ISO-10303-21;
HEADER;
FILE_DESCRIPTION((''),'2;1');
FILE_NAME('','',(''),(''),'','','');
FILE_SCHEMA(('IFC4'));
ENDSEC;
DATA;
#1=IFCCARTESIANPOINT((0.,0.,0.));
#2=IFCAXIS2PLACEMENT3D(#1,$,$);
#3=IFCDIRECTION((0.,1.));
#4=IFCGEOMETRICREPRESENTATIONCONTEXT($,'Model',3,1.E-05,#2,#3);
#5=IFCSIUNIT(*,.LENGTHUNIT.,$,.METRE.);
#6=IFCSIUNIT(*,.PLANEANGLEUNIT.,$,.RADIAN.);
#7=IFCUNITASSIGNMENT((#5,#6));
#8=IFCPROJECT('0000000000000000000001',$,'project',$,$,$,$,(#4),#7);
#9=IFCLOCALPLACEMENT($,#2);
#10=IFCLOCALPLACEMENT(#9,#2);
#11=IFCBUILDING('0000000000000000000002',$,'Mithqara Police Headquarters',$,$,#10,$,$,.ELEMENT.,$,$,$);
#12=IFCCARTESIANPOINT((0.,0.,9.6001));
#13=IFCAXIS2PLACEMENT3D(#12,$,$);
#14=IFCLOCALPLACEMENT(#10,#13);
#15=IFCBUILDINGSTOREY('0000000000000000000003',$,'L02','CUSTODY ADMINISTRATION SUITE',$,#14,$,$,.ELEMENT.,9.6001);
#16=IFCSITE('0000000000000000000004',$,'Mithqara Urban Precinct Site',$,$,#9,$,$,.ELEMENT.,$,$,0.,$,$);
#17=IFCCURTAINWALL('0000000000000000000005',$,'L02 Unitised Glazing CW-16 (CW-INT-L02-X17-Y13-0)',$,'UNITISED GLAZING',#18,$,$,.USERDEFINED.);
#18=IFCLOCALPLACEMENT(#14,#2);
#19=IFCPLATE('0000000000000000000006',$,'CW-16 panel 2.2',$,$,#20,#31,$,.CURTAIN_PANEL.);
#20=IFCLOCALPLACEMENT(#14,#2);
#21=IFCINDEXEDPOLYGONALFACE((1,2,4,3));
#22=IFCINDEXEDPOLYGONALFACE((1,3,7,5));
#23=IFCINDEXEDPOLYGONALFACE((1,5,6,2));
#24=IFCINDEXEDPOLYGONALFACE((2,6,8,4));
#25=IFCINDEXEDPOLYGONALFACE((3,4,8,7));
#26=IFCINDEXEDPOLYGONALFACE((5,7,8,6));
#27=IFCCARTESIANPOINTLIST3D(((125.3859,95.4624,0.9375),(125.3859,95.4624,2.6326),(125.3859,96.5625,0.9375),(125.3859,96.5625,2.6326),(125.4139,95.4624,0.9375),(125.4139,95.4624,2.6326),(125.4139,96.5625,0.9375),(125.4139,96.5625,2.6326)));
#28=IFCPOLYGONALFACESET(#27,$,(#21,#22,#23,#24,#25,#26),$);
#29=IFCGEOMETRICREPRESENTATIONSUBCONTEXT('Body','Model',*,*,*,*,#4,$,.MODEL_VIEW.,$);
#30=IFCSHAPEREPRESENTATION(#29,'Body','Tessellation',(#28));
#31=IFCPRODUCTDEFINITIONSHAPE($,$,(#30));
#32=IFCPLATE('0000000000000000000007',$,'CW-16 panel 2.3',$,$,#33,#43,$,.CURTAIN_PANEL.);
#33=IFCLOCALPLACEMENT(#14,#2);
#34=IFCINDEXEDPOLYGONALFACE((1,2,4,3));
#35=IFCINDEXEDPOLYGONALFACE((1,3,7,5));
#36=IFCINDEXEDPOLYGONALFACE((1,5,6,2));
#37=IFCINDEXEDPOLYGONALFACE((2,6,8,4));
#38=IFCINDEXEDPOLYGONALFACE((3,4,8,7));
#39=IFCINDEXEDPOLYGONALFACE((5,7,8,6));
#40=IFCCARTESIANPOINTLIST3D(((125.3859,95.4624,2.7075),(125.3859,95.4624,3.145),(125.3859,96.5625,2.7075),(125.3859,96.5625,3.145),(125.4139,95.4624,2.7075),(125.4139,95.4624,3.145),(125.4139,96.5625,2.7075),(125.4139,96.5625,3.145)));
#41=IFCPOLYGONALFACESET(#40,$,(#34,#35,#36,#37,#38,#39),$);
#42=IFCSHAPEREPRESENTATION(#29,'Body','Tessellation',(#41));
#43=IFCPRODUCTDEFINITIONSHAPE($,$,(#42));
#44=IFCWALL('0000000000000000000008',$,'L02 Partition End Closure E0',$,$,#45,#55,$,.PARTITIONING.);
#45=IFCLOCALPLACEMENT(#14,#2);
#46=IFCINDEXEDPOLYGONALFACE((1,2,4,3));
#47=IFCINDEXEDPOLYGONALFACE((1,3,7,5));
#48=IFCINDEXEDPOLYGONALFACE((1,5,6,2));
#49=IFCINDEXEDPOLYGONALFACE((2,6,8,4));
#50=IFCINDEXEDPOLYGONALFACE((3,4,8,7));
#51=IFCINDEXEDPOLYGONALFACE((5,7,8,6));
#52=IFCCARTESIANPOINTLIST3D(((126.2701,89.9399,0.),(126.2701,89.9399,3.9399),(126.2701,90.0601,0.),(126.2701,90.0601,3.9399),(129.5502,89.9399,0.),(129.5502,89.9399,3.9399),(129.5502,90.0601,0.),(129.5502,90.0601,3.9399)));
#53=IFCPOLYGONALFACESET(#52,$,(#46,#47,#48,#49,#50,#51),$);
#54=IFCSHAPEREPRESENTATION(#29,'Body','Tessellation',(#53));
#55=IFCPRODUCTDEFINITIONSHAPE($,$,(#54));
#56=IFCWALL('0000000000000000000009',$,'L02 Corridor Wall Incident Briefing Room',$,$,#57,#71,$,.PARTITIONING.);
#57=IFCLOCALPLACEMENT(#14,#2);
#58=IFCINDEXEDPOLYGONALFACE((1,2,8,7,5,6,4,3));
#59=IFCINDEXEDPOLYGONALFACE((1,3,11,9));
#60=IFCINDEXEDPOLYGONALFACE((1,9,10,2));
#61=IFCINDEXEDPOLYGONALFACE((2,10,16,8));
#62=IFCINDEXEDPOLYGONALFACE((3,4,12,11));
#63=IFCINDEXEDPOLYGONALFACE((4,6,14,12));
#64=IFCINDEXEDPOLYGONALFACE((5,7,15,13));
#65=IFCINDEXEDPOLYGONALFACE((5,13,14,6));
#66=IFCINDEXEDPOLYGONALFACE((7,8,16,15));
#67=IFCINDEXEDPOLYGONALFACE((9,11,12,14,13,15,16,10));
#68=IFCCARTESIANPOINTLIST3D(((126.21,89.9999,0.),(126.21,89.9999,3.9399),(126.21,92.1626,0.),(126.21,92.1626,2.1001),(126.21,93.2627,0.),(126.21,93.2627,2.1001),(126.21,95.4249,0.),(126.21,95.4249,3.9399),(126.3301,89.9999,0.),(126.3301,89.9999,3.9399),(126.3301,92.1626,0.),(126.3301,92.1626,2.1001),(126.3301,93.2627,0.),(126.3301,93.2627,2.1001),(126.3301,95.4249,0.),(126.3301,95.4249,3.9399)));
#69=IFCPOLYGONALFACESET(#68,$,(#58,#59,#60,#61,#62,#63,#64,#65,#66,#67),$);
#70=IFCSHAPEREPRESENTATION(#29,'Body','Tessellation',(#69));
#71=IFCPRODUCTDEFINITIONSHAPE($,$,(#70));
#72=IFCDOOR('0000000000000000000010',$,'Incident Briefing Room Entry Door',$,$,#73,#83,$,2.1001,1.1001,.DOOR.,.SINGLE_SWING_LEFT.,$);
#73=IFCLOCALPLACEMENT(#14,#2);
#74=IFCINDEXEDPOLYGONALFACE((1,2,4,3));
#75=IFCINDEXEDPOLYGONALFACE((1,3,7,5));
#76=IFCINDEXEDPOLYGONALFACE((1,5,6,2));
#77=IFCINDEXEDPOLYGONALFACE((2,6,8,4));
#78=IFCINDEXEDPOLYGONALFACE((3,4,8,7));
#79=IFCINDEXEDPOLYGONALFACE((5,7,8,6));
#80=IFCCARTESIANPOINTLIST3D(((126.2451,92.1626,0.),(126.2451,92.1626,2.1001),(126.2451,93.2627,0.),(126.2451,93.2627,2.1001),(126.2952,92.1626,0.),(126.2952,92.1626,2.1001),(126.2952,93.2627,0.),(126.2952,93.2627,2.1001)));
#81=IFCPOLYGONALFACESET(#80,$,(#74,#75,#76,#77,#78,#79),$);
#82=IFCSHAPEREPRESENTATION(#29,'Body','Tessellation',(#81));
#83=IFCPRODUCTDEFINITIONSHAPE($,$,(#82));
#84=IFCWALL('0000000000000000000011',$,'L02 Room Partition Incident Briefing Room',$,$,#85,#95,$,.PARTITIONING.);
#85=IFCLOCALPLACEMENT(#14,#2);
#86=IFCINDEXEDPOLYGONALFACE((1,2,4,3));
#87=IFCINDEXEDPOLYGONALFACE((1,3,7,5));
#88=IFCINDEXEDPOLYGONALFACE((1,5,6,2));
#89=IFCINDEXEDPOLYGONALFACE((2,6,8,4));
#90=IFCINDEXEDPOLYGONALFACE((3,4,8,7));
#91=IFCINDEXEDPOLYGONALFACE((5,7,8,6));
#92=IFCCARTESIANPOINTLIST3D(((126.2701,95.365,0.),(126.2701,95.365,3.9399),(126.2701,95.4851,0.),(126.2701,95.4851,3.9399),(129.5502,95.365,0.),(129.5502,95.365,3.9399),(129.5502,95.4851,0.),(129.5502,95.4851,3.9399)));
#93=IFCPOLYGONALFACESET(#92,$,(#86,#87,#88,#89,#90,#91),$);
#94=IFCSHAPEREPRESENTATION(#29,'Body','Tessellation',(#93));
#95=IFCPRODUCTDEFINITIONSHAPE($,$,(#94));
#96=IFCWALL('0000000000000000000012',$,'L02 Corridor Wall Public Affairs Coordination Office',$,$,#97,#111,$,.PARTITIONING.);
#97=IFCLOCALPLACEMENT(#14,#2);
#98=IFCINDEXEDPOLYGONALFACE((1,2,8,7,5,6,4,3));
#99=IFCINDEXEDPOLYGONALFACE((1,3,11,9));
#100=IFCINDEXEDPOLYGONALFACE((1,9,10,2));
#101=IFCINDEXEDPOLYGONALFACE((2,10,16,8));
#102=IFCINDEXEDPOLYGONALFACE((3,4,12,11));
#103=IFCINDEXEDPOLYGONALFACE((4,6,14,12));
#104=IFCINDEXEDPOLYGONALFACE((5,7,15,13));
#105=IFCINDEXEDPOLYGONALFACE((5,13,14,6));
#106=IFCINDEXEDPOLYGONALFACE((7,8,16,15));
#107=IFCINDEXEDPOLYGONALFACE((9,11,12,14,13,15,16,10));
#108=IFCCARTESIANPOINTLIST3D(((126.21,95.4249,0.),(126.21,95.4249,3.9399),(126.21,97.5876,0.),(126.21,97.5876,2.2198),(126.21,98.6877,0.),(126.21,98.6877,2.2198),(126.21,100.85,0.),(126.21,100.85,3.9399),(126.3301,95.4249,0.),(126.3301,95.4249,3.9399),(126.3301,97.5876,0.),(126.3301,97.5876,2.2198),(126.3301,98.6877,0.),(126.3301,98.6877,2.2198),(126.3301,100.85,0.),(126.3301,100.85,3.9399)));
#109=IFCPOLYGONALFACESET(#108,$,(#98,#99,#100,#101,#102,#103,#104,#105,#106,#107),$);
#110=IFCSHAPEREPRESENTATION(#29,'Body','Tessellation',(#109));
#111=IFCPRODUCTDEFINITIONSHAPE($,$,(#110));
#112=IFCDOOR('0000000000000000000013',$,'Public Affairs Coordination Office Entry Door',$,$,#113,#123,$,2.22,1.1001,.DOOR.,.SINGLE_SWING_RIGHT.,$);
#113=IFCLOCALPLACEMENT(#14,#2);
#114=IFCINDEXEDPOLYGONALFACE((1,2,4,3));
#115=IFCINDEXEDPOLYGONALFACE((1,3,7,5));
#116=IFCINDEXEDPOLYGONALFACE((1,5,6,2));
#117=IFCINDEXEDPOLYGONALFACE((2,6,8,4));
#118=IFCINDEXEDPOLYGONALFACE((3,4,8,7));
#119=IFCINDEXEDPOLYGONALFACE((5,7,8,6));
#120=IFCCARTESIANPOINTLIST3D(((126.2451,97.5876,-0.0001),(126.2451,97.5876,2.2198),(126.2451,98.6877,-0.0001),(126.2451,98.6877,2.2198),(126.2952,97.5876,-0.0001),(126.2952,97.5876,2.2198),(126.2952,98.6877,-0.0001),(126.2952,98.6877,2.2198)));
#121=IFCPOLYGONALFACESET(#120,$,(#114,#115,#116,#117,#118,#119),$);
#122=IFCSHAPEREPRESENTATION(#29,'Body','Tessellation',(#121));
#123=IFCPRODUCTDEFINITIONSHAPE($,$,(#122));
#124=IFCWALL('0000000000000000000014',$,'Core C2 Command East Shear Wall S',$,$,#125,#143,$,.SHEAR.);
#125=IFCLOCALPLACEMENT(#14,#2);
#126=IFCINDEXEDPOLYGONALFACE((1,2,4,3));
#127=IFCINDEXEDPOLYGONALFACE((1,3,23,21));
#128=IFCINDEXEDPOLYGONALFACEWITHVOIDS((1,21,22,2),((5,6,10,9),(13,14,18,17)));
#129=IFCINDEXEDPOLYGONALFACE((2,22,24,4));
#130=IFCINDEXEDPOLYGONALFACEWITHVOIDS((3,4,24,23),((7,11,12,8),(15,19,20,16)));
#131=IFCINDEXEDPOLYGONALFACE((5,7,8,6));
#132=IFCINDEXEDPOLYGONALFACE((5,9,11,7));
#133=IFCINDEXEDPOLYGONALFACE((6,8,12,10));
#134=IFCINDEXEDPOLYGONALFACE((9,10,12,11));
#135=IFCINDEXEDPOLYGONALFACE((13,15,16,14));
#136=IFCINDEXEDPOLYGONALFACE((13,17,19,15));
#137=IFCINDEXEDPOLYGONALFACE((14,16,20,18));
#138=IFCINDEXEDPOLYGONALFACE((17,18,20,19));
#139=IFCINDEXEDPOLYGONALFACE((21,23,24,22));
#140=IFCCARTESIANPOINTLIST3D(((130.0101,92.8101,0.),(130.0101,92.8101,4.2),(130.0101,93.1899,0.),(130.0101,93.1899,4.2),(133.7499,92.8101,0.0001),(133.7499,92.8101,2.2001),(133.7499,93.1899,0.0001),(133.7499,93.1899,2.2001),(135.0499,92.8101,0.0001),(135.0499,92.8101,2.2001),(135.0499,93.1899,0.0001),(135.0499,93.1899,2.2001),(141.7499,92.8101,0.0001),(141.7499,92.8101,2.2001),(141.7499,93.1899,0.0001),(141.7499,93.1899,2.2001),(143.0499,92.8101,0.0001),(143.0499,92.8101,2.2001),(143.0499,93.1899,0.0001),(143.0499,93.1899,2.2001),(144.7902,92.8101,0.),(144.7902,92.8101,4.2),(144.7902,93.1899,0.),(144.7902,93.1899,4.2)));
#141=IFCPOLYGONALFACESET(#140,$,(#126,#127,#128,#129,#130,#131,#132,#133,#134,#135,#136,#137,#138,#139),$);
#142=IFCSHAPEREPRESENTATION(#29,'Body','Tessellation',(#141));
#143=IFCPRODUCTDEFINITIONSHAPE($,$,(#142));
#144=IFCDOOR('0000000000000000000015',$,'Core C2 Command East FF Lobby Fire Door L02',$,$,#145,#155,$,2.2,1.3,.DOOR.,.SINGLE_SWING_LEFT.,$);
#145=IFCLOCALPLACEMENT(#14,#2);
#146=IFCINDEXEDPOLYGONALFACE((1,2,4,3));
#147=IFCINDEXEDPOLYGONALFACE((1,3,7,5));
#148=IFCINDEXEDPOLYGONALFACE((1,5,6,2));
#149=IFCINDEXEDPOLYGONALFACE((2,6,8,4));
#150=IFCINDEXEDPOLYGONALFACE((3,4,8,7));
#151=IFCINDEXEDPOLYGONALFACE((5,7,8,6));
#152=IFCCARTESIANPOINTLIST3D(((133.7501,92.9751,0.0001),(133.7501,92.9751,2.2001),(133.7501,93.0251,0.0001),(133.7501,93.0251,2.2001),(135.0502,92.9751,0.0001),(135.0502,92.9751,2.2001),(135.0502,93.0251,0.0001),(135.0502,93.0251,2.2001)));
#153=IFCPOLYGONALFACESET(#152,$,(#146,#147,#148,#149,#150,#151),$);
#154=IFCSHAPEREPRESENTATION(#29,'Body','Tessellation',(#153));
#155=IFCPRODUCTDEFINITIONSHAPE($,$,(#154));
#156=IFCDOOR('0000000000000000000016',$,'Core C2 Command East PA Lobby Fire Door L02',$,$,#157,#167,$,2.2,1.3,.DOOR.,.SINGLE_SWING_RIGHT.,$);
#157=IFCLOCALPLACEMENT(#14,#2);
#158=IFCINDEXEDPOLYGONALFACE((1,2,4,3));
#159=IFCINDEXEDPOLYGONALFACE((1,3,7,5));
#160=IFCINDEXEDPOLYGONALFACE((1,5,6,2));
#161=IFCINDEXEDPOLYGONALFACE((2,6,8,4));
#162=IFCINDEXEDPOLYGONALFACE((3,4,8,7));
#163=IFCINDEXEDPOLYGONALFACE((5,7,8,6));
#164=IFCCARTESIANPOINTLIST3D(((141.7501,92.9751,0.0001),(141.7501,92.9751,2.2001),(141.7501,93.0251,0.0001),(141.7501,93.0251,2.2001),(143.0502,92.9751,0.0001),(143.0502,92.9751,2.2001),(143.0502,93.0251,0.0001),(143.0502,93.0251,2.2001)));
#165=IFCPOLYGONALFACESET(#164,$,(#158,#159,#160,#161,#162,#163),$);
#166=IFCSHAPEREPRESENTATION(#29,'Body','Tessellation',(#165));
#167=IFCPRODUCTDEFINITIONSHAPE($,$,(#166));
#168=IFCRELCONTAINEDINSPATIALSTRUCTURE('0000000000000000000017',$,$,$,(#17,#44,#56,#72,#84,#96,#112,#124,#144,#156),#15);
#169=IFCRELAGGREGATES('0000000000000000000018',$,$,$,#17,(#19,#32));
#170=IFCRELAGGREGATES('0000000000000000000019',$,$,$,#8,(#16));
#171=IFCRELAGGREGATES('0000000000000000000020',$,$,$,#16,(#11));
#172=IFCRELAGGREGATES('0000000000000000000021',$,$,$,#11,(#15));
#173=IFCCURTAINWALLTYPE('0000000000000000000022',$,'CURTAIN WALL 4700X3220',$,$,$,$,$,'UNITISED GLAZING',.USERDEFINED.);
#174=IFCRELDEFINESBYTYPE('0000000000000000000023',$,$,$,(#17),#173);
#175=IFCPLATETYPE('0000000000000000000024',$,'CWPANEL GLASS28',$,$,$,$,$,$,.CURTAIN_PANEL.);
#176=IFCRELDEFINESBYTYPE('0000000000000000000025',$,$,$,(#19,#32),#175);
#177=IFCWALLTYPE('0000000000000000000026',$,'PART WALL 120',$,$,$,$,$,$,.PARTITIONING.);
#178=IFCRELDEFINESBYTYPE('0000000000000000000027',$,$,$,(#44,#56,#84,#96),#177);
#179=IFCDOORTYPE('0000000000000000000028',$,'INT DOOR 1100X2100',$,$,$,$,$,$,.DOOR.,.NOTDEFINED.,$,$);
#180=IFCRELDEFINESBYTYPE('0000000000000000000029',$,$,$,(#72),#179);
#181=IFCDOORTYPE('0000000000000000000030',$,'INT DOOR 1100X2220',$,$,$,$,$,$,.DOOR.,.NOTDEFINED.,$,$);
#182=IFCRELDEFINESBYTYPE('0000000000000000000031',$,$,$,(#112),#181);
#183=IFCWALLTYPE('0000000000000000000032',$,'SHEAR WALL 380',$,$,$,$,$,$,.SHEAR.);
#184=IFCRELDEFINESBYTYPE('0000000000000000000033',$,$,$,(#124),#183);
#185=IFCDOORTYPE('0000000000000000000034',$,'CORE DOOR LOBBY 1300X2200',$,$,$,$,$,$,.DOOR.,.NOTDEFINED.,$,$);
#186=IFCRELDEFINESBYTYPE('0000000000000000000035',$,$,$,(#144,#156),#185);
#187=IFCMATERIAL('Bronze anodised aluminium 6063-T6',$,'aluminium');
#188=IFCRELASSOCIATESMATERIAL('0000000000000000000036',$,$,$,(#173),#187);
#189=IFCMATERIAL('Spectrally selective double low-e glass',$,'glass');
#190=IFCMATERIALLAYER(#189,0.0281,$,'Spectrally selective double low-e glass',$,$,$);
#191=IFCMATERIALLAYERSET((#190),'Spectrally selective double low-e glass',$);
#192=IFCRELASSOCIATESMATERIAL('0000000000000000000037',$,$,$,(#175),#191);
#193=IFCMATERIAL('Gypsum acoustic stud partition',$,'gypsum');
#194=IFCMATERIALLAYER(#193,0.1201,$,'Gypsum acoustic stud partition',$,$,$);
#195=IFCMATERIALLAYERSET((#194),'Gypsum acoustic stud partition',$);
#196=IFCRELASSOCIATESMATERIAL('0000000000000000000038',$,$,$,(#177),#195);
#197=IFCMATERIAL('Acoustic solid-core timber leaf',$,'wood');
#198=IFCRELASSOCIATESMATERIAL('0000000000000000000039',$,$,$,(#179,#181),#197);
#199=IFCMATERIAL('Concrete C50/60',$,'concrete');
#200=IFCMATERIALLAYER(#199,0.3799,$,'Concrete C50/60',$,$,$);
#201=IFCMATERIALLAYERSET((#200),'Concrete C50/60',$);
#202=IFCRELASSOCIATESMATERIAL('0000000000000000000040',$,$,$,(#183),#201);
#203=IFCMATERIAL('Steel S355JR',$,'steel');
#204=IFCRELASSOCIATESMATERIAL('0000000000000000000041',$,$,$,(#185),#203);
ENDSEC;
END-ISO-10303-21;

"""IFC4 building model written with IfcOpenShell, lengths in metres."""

from ifc_helpers import new_model, si_unit, direction, frame, frame_2d, origin, origin_2d, place, context, subcontext, project, spatial, rectangle, extrude, material, layer, layer_set, type_object, element, fill, aggregate, save


model = new_model("IFC4")

# Units and contexts
model_context = context("Model", 3, precision=1e-05, world=origin(), true_north=direction((0.0, 1.0)))
body_context = subcontext(model_context, "Body", "Model", "MODEL_VIEW")
ifc_project = project(units=[si_unit("LENGTHUNIT", "METRE"), si_unit("PLANEANGLEUNIT", "RADIAN")], contexts=[model_context])

# Site, building, storey
site_placement = place(None, origin())
site = spatial("IfcSite", under=ifc_project, at=site_placement, Name="Mithqara Urban Precinct Site", CompositionType="ELEMENT", RefElevation=0.0)
building_placement = place(site_placement, origin())
building = spatial("IfcBuilding", under=site, at=building_placement, Name="Mithqara Police Headquarters", CompositionType="ELEMENT")
storey_placement = place(building_placement, frame((0.0, 0.0, 9.6001)))
storey = spatial("IfcBuildingStorey", under=building, at=storey_placement, Name="L02", Description="CUSTODY ADMINISTRATION SUITE", CompositionType="ELEMENT", Elevation=9.6001)

# Shared definitions
ifc_material_1 = material(Name="Steel S355JR", Category="steel")

# Curtain wall, plates
ifc_material_2 = material(Name="Bronze anodised aluminium 6063-T6", Category="aluminium")
curtain_wall_type = type_object("IfcCurtainWallType", Name="CURTAIN WALL 4700X3220", ElementType="UNITISED GLAZING", PredefinedType="USERDEFINED", material=ifc_material_2)
curtain_wall_placement = place(storey_placement, origin())
curtain_wall = element("IfcCurtainWall", 1, at=curtain_wall_placement, inside=storey, type_object=curtain_wall_type, Name="L02 Unitised Glazing CW-16 (CW-INT-L02-X17-Y13-0)", ObjectType="UNITISED GLAZING", PredefinedType="USERDEFINED")
ifc_material_3 = material(Name="Spectrally selective double low-e glass", Category="glass")
ifc_layer_1 = layer(ifc_material_3, 0.0281, Name="Spectrally selective double low-e glass")
ifc_layer_set_1 = layer_set([ifc_layer_1], Name="Spectrally selective double low-e glass")
plate_type = type_object("IfcPlateType", Name="CWPANEL GLASS28", PredefinedType="CURTAIN_PANEL", material=ifc_layer_set_1)
plate_1_placement = place(storey_placement, frame((125.3999, 96.0125, 0.9375), z_axis=(0.0, 0.0, 1.0), x_axis=(0.0, 1.0, 0.0)))
plate_1 = element("IfcPlate", 2, at=plate_1_placement, type_object=plate_type, Name="CW-16 panel 2.2", PredefinedType="CURTAIN_PANEL", context=body_context, shape_type="SweptSolid", body=[
    extrude(rectangle(XDim=1.1001, YDim=0.0281, at=origin_2d()), origin(), (0.0, 0.0, 1.0), 1.6951),
])
plate_2_placement = place(storey_placement, frame((125.3999, 96.0125, 2.7075), z_axis=(0.0, 0.0, 1.0), x_axis=(0.0, 1.0, 0.0)))
plate_2 = element("IfcPlate", 3, at=plate_2_placement, type_object=plate_type, Name="CW-16 panel 2.3", PredefinedType="CURTAIN_PANEL", context=body_context, shape_type="SweptSolid", body=[
    extrude(rectangle(XDim=1.1001, YDim=0.0281, at=origin_2d()), origin(), (0.0, 0.0, 1.0), 0.4375),
])
aggregate(curtain_wall, [plate_1, plate_2])

# Wall
ifc_material_4 = material(Name="Gypsum acoustic stud partition", Category="gypsum")
ifc_layer_2 = layer(ifc_material_4, 0.1201, Name="Gypsum acoustic stud partition")
ifc_layer_set_2 = layer_set([ifc_layer_2], Name="Gypsum acoustic stud partition")
wall_type_1 = type_object("IfcWallType", Name="PART WALL 120", PredefinedType="PARTITIONING", material=ifc_layer_set_2)
wall_1_placement = place(storey_placement, frame((126.27, 90.0, 0.0), z_axis=(0.0, 0.0, 1.0), x_axis=(1.0, 0.0, 0.0)))
element("IfcWall", 4, at=wall_1_placement, inside=storey, type_object=wall_type_1, Name="L02 Partition End Closure E0", PredefinedType="PARTITIONING", context=body_context, shape_type="SweptSolid", body=[
    extrude(rectangle(XDim=3.28, YDim=0.1201, at=frame_2d((1.6401, 0.0))), origin(), (0.0, 0.0, 1.0), 3.9399),
])

# Wall, opening, door
wall_2_placement = place(storey_placement, frame((126.27, 90.0, 0.0), z_axis=(0.0, 0.0, 1.0), x_axis=(0.0, 1.0, 0.0)))
wall_2 = element("IfcWall", 5, at=wall_2_placement, inside=storey, type_object=wall_type_1, Name="L02 Corridor Wall Incident Briefing Room", PredefinedType="PARTITIONING", context=body_context, shape_type="SweptSolid", body=[
    extrude(rectangle(XDim=5.425, YDim=0.1201, at=frame_2d((2.7124, 0.0))), origin(), (0.0, 0.0, 1.0), 3.9399),
])
opening_1_placement = place(wall_2_placement, frame((2.1626, 0.0, 0.0)))
opening_1 = element("IfcOpeningElement", 6, at=opening_1_placement, cuts=wall_2, PredefinedType="OPENING", context=body_context, shape_type="SweptSolid", body=[
    extrude(rectangle(XDim=1.1001, YDim=2.1001, at=frame_2d((0.55, 1.05))), frame((0.0, 0.0701, 0.0), z_axis=(0.0, -1.0, 0.0), x_axis=(1.0, 0.0, 0.0)), (0.0, 0.0, 1.0), 0.1401),
])
ifc_material_5 = material(Name="Acoustic solid-core timber leaf", Category="wood")
door_type_1 = type_object("IfcDoorType", Name="INT DOOR 1100X2100", OperationType="NOTDEFINED", PredefinedType="DOOR", material=ifc_material_5)
door_1_placement = place(opening_1_placement, origin())
door_1 = element("IfcDoor", 7, at=door_1_placement, inside=storey, type_object=door_type_1, Name="Incident Briefing Room Entry Door", OperationType="SINGLE_SWING_LEFT", OverallHeight=2.1001, OverallWidth=1.1001, PredefinedType="DOOR", context=body_context, shape_type="SweptSolid", body=[
    extrude(rectangle(XDim=1.1001, YDim=2.1001, at=frame_2d((0.55, 1.05))), frame((0.0, 0.0249, 0.0), z_axis=(0.0, -1.0, 0.0), x_axis=(1.0, 0.0, 0.0)), (0.0, 0.0, 1.0), 0.05),
])
fill(opening_1, door_1)

# Wall
wall_3_placement = place(storey_placement, frame((126.27, 95.425, 0.0), z_axis=(0.0, 0.0, 1.0), x_axis=(1.0, 0.0, 0.0)))
element("IfcWall", 8, at=wall_3_placement, inside=storey, type_object=wall_type_1, Name="L02 Room Partition Incident Briefing Room", PredefinedType="PARTITIONING", context=body_context, shape_type="SweptSolid", body=[
    extrude(rectangle(XDim=3.28, YDim=0.1201, at=frame_2d((1.6401, 0.0))), origin(), (0.0, 0.0, 1.0), 3.9399),
])

# Wall, opening, door
wall_4_placement = place(storey_placement, frame((126.27, 95.425, 0.0), z_axis=(0.0, 0.0, 1.0), x_axis=(0.0, 1.0, 0.0)))
wall_4 = element("IfcWall", 9, at=wall_4_placement, inside=storey, type_object=wall_type_1, Name="L02 Corridor Wall Public Affairs Coordination Office", PredefinedType="PARTITIONING", context=body_context, shape_type="SweptSolid", body=[
    extrude(rectangle(XDim=5.425, YDim=0.1201, at=frame_2d((2.7124, 0.0))), origin(), (0.0, 0.0, 1.0), 3.9399),
])
opening_2_placement = place(wall_4_placement, frame((2.1626, 0.0, 0.0)))
opening_2 = element("IfcOpeningElement", 10, at=opening_2_placement, cuts=wall_4, PredefinedType="OPENING", context=body_context, shape_type="SweptSolid", body=[
    extrude(rectangle(XDim=1.1001, YDim=2.22, at=frame_2d((0.55, 1.1099))), frame((0.0, 0.0701, 0.0), z_axis=(0.0, -1.0, 0.0), x_axis=(1.0, 0.0, 0.0)), (0.0, 0.0, 1.0), 0.1401),
])
door_type_2 = type_object("IfcDoorType", Name="INT DOOR 1100X2220", OperationType="NOTDEFINED", PredefinedType="DOOR", material=ifc_material_5)
door_2_placement = place(opening_2_placement, origin())
door_2 = element("IfcDoor", 11, at=door_2_placement, inside=storey, type_object=door_type_2, Name="Public Affairs Coordination Office Entry Door", OperationType="SINGLE_SWING_RIGHT", OverallHeight=2.22, OverallWidth=1.1001, PredefinedType="DOOR", context=body_context, shape_type="SweptSolid", body=[
    extrude(rectangle(XDim=1.1001, YDim=2.22, at=frame_2d((0.55, 1.1099))), frame((0.0, 0.0249, 0.0), z_axis=(0.0, -1.0, 0.0), x_axis=(1.0, 0.0, 0.0)), (0.0, 0.0, 1.0), 0.05),
])
fill(opening_2, door_2)

# Wall, openings, doors
ifc_material_6 = material(Name="Concrete C50/60", Category="concrete")
ifc_layer_3 = layer(ifc_material_6, 0.3799, Name="Concrete C50/60")
ifc_layer_set_3 = layer_set([ifc_layer_3], Name="Concrete C50/60")
wall_type_2 = type_object("IfcWallType", Name="SHEAR WALL 380", PredefinedType="SHEAR", material=ifc_layer_set_3)
wall_5_placement = place(storey_placement, frame((130.01, 93.0, 0.0), z_axis=(0.0, 0.0, 1.0), x_axis=(1.0, 0.0, 0.0)))
wall_5 = element("IfcWall", 12, at=wall_5_placement, inside=storey, type_object=wall_type_2, Name="Core C2 Command East Shear Wall S", PredefinedType="SHEAR", context=body_context, shape_type="SweptSolid", body=[
    extrude(rectangle(XDim=14.78, YDim=0.3799, at=frame_2d((7.3901, 0.0))), origin(), (0.0, 0.0, 1.0), 4.2),
])
opening_3_placement = place(wall_5_placement, frame((3.74, 0.0, 0.0)))
opening_3 = element("IfcOpeningElement", 13, at=opening_3_placement, cuts=wall_5, PredefinedType="OPENING", context=body_context, shape_type="SweptSolid", body=[
    extrude(rectangle(XDim=1.3, YDim=2.2, at=frame_2d((0.6499, 1.1001))), frame((0.0, 0.2, 0.0), z_axis=(0.0, -1.0, 0.0), x_axis=(1.0, 0.0, 0.0)), (0.0, 0.0, 1.0), 0.3999),
])
opening_4_placement = place(wall_5_placement, frame((11.74, 0.0, 0.0)))
opening_4 = element("IfcOpeningElement", 14, at=opening_4_placement, cuts=wall_5, PredefinedType="OPENING", context=body_context, shape_type="SweptSolid", body=[
    extrude(rectangle(XDim=1.3, YDim=2.2, at=frame_2d((0.6499, 1.1001))), frame((0.0, 0.2, 0.0), z_axis=(0.0, -1.0, 0.0), x_axis=(1.0, 0.0, 0.0)), (0.0, 0.0, 1.0), 0.3999),
])
door_type_3 = type_object("IfcDoorType", Name="CORE DOOR LOBBY 1300X2200", OperationType="NOTDEFINED", PredefinedType="DOOR", material=ifc_material_1)
door_3_placement = place(opening_3_placement, frame((1.3, 0.0, 0.0), z_axis=(0.0, 0.0, 1.0), x_axis=(-1.0, 0.0, 0.0)))
door_3 = element("IfcDoor", 15, at=door_3_placement, inside=storey, type_object=door_type_3, Name="Core C2 Command East FF Lobby Fire Door L02", OperationType="SINGLE_SWING_LEFT", OverallHeight=2.2, OverallWidth=1.3, PredefinedType="DOOR", context=body_context, shape_type="SweptSolid", body=[
    extrude(rectangle(XDim=1.3, YDim=2.2, at=frame_2d((0.6499, 1.1001))), frame((0.0, 0.0249, 0.0), z_axis=(0.0, -1.0, 0.0), x_axis=(1.0, 0.0, 0.0)), (0.0, 0.0, 1.0), 0.05),
])
fill(opening_3, door_3)
door_4_placement = place(opening_4_placement, frame((1.3, 0.0, 0.0), z_axis=(0.0, 0.0, 1.0), x_axis=(-1.0, 0.0, 0.0)))
door_4 = element("IfcDoor", 16, at=door_4_placement, inside=storey, type_object=door_type_3, Name="Core C2 Command East PA Lobby Fire Door L02", OperationType="SINGLE_SWING_RIGHT", OverallHeight=2.2, OverallWidth=1.3, PredefinedType="DOOR", context=body_context, shape_type="SweptSolid", body=[
    extrude(rectangle(XDim=1.3, YDim=2.2, at=frame_2d((0.6499, 1.1001))), frame((0.0, 0.0249, 0.0), z_axis=(0.0, -1.0, 0.0), x_axis=(1.0, 0.0, 0.0)), (0.0, 0.0, 1.0), 0.05),
])
fill(opening_4, door_4)

save(model, "model.ifc")
